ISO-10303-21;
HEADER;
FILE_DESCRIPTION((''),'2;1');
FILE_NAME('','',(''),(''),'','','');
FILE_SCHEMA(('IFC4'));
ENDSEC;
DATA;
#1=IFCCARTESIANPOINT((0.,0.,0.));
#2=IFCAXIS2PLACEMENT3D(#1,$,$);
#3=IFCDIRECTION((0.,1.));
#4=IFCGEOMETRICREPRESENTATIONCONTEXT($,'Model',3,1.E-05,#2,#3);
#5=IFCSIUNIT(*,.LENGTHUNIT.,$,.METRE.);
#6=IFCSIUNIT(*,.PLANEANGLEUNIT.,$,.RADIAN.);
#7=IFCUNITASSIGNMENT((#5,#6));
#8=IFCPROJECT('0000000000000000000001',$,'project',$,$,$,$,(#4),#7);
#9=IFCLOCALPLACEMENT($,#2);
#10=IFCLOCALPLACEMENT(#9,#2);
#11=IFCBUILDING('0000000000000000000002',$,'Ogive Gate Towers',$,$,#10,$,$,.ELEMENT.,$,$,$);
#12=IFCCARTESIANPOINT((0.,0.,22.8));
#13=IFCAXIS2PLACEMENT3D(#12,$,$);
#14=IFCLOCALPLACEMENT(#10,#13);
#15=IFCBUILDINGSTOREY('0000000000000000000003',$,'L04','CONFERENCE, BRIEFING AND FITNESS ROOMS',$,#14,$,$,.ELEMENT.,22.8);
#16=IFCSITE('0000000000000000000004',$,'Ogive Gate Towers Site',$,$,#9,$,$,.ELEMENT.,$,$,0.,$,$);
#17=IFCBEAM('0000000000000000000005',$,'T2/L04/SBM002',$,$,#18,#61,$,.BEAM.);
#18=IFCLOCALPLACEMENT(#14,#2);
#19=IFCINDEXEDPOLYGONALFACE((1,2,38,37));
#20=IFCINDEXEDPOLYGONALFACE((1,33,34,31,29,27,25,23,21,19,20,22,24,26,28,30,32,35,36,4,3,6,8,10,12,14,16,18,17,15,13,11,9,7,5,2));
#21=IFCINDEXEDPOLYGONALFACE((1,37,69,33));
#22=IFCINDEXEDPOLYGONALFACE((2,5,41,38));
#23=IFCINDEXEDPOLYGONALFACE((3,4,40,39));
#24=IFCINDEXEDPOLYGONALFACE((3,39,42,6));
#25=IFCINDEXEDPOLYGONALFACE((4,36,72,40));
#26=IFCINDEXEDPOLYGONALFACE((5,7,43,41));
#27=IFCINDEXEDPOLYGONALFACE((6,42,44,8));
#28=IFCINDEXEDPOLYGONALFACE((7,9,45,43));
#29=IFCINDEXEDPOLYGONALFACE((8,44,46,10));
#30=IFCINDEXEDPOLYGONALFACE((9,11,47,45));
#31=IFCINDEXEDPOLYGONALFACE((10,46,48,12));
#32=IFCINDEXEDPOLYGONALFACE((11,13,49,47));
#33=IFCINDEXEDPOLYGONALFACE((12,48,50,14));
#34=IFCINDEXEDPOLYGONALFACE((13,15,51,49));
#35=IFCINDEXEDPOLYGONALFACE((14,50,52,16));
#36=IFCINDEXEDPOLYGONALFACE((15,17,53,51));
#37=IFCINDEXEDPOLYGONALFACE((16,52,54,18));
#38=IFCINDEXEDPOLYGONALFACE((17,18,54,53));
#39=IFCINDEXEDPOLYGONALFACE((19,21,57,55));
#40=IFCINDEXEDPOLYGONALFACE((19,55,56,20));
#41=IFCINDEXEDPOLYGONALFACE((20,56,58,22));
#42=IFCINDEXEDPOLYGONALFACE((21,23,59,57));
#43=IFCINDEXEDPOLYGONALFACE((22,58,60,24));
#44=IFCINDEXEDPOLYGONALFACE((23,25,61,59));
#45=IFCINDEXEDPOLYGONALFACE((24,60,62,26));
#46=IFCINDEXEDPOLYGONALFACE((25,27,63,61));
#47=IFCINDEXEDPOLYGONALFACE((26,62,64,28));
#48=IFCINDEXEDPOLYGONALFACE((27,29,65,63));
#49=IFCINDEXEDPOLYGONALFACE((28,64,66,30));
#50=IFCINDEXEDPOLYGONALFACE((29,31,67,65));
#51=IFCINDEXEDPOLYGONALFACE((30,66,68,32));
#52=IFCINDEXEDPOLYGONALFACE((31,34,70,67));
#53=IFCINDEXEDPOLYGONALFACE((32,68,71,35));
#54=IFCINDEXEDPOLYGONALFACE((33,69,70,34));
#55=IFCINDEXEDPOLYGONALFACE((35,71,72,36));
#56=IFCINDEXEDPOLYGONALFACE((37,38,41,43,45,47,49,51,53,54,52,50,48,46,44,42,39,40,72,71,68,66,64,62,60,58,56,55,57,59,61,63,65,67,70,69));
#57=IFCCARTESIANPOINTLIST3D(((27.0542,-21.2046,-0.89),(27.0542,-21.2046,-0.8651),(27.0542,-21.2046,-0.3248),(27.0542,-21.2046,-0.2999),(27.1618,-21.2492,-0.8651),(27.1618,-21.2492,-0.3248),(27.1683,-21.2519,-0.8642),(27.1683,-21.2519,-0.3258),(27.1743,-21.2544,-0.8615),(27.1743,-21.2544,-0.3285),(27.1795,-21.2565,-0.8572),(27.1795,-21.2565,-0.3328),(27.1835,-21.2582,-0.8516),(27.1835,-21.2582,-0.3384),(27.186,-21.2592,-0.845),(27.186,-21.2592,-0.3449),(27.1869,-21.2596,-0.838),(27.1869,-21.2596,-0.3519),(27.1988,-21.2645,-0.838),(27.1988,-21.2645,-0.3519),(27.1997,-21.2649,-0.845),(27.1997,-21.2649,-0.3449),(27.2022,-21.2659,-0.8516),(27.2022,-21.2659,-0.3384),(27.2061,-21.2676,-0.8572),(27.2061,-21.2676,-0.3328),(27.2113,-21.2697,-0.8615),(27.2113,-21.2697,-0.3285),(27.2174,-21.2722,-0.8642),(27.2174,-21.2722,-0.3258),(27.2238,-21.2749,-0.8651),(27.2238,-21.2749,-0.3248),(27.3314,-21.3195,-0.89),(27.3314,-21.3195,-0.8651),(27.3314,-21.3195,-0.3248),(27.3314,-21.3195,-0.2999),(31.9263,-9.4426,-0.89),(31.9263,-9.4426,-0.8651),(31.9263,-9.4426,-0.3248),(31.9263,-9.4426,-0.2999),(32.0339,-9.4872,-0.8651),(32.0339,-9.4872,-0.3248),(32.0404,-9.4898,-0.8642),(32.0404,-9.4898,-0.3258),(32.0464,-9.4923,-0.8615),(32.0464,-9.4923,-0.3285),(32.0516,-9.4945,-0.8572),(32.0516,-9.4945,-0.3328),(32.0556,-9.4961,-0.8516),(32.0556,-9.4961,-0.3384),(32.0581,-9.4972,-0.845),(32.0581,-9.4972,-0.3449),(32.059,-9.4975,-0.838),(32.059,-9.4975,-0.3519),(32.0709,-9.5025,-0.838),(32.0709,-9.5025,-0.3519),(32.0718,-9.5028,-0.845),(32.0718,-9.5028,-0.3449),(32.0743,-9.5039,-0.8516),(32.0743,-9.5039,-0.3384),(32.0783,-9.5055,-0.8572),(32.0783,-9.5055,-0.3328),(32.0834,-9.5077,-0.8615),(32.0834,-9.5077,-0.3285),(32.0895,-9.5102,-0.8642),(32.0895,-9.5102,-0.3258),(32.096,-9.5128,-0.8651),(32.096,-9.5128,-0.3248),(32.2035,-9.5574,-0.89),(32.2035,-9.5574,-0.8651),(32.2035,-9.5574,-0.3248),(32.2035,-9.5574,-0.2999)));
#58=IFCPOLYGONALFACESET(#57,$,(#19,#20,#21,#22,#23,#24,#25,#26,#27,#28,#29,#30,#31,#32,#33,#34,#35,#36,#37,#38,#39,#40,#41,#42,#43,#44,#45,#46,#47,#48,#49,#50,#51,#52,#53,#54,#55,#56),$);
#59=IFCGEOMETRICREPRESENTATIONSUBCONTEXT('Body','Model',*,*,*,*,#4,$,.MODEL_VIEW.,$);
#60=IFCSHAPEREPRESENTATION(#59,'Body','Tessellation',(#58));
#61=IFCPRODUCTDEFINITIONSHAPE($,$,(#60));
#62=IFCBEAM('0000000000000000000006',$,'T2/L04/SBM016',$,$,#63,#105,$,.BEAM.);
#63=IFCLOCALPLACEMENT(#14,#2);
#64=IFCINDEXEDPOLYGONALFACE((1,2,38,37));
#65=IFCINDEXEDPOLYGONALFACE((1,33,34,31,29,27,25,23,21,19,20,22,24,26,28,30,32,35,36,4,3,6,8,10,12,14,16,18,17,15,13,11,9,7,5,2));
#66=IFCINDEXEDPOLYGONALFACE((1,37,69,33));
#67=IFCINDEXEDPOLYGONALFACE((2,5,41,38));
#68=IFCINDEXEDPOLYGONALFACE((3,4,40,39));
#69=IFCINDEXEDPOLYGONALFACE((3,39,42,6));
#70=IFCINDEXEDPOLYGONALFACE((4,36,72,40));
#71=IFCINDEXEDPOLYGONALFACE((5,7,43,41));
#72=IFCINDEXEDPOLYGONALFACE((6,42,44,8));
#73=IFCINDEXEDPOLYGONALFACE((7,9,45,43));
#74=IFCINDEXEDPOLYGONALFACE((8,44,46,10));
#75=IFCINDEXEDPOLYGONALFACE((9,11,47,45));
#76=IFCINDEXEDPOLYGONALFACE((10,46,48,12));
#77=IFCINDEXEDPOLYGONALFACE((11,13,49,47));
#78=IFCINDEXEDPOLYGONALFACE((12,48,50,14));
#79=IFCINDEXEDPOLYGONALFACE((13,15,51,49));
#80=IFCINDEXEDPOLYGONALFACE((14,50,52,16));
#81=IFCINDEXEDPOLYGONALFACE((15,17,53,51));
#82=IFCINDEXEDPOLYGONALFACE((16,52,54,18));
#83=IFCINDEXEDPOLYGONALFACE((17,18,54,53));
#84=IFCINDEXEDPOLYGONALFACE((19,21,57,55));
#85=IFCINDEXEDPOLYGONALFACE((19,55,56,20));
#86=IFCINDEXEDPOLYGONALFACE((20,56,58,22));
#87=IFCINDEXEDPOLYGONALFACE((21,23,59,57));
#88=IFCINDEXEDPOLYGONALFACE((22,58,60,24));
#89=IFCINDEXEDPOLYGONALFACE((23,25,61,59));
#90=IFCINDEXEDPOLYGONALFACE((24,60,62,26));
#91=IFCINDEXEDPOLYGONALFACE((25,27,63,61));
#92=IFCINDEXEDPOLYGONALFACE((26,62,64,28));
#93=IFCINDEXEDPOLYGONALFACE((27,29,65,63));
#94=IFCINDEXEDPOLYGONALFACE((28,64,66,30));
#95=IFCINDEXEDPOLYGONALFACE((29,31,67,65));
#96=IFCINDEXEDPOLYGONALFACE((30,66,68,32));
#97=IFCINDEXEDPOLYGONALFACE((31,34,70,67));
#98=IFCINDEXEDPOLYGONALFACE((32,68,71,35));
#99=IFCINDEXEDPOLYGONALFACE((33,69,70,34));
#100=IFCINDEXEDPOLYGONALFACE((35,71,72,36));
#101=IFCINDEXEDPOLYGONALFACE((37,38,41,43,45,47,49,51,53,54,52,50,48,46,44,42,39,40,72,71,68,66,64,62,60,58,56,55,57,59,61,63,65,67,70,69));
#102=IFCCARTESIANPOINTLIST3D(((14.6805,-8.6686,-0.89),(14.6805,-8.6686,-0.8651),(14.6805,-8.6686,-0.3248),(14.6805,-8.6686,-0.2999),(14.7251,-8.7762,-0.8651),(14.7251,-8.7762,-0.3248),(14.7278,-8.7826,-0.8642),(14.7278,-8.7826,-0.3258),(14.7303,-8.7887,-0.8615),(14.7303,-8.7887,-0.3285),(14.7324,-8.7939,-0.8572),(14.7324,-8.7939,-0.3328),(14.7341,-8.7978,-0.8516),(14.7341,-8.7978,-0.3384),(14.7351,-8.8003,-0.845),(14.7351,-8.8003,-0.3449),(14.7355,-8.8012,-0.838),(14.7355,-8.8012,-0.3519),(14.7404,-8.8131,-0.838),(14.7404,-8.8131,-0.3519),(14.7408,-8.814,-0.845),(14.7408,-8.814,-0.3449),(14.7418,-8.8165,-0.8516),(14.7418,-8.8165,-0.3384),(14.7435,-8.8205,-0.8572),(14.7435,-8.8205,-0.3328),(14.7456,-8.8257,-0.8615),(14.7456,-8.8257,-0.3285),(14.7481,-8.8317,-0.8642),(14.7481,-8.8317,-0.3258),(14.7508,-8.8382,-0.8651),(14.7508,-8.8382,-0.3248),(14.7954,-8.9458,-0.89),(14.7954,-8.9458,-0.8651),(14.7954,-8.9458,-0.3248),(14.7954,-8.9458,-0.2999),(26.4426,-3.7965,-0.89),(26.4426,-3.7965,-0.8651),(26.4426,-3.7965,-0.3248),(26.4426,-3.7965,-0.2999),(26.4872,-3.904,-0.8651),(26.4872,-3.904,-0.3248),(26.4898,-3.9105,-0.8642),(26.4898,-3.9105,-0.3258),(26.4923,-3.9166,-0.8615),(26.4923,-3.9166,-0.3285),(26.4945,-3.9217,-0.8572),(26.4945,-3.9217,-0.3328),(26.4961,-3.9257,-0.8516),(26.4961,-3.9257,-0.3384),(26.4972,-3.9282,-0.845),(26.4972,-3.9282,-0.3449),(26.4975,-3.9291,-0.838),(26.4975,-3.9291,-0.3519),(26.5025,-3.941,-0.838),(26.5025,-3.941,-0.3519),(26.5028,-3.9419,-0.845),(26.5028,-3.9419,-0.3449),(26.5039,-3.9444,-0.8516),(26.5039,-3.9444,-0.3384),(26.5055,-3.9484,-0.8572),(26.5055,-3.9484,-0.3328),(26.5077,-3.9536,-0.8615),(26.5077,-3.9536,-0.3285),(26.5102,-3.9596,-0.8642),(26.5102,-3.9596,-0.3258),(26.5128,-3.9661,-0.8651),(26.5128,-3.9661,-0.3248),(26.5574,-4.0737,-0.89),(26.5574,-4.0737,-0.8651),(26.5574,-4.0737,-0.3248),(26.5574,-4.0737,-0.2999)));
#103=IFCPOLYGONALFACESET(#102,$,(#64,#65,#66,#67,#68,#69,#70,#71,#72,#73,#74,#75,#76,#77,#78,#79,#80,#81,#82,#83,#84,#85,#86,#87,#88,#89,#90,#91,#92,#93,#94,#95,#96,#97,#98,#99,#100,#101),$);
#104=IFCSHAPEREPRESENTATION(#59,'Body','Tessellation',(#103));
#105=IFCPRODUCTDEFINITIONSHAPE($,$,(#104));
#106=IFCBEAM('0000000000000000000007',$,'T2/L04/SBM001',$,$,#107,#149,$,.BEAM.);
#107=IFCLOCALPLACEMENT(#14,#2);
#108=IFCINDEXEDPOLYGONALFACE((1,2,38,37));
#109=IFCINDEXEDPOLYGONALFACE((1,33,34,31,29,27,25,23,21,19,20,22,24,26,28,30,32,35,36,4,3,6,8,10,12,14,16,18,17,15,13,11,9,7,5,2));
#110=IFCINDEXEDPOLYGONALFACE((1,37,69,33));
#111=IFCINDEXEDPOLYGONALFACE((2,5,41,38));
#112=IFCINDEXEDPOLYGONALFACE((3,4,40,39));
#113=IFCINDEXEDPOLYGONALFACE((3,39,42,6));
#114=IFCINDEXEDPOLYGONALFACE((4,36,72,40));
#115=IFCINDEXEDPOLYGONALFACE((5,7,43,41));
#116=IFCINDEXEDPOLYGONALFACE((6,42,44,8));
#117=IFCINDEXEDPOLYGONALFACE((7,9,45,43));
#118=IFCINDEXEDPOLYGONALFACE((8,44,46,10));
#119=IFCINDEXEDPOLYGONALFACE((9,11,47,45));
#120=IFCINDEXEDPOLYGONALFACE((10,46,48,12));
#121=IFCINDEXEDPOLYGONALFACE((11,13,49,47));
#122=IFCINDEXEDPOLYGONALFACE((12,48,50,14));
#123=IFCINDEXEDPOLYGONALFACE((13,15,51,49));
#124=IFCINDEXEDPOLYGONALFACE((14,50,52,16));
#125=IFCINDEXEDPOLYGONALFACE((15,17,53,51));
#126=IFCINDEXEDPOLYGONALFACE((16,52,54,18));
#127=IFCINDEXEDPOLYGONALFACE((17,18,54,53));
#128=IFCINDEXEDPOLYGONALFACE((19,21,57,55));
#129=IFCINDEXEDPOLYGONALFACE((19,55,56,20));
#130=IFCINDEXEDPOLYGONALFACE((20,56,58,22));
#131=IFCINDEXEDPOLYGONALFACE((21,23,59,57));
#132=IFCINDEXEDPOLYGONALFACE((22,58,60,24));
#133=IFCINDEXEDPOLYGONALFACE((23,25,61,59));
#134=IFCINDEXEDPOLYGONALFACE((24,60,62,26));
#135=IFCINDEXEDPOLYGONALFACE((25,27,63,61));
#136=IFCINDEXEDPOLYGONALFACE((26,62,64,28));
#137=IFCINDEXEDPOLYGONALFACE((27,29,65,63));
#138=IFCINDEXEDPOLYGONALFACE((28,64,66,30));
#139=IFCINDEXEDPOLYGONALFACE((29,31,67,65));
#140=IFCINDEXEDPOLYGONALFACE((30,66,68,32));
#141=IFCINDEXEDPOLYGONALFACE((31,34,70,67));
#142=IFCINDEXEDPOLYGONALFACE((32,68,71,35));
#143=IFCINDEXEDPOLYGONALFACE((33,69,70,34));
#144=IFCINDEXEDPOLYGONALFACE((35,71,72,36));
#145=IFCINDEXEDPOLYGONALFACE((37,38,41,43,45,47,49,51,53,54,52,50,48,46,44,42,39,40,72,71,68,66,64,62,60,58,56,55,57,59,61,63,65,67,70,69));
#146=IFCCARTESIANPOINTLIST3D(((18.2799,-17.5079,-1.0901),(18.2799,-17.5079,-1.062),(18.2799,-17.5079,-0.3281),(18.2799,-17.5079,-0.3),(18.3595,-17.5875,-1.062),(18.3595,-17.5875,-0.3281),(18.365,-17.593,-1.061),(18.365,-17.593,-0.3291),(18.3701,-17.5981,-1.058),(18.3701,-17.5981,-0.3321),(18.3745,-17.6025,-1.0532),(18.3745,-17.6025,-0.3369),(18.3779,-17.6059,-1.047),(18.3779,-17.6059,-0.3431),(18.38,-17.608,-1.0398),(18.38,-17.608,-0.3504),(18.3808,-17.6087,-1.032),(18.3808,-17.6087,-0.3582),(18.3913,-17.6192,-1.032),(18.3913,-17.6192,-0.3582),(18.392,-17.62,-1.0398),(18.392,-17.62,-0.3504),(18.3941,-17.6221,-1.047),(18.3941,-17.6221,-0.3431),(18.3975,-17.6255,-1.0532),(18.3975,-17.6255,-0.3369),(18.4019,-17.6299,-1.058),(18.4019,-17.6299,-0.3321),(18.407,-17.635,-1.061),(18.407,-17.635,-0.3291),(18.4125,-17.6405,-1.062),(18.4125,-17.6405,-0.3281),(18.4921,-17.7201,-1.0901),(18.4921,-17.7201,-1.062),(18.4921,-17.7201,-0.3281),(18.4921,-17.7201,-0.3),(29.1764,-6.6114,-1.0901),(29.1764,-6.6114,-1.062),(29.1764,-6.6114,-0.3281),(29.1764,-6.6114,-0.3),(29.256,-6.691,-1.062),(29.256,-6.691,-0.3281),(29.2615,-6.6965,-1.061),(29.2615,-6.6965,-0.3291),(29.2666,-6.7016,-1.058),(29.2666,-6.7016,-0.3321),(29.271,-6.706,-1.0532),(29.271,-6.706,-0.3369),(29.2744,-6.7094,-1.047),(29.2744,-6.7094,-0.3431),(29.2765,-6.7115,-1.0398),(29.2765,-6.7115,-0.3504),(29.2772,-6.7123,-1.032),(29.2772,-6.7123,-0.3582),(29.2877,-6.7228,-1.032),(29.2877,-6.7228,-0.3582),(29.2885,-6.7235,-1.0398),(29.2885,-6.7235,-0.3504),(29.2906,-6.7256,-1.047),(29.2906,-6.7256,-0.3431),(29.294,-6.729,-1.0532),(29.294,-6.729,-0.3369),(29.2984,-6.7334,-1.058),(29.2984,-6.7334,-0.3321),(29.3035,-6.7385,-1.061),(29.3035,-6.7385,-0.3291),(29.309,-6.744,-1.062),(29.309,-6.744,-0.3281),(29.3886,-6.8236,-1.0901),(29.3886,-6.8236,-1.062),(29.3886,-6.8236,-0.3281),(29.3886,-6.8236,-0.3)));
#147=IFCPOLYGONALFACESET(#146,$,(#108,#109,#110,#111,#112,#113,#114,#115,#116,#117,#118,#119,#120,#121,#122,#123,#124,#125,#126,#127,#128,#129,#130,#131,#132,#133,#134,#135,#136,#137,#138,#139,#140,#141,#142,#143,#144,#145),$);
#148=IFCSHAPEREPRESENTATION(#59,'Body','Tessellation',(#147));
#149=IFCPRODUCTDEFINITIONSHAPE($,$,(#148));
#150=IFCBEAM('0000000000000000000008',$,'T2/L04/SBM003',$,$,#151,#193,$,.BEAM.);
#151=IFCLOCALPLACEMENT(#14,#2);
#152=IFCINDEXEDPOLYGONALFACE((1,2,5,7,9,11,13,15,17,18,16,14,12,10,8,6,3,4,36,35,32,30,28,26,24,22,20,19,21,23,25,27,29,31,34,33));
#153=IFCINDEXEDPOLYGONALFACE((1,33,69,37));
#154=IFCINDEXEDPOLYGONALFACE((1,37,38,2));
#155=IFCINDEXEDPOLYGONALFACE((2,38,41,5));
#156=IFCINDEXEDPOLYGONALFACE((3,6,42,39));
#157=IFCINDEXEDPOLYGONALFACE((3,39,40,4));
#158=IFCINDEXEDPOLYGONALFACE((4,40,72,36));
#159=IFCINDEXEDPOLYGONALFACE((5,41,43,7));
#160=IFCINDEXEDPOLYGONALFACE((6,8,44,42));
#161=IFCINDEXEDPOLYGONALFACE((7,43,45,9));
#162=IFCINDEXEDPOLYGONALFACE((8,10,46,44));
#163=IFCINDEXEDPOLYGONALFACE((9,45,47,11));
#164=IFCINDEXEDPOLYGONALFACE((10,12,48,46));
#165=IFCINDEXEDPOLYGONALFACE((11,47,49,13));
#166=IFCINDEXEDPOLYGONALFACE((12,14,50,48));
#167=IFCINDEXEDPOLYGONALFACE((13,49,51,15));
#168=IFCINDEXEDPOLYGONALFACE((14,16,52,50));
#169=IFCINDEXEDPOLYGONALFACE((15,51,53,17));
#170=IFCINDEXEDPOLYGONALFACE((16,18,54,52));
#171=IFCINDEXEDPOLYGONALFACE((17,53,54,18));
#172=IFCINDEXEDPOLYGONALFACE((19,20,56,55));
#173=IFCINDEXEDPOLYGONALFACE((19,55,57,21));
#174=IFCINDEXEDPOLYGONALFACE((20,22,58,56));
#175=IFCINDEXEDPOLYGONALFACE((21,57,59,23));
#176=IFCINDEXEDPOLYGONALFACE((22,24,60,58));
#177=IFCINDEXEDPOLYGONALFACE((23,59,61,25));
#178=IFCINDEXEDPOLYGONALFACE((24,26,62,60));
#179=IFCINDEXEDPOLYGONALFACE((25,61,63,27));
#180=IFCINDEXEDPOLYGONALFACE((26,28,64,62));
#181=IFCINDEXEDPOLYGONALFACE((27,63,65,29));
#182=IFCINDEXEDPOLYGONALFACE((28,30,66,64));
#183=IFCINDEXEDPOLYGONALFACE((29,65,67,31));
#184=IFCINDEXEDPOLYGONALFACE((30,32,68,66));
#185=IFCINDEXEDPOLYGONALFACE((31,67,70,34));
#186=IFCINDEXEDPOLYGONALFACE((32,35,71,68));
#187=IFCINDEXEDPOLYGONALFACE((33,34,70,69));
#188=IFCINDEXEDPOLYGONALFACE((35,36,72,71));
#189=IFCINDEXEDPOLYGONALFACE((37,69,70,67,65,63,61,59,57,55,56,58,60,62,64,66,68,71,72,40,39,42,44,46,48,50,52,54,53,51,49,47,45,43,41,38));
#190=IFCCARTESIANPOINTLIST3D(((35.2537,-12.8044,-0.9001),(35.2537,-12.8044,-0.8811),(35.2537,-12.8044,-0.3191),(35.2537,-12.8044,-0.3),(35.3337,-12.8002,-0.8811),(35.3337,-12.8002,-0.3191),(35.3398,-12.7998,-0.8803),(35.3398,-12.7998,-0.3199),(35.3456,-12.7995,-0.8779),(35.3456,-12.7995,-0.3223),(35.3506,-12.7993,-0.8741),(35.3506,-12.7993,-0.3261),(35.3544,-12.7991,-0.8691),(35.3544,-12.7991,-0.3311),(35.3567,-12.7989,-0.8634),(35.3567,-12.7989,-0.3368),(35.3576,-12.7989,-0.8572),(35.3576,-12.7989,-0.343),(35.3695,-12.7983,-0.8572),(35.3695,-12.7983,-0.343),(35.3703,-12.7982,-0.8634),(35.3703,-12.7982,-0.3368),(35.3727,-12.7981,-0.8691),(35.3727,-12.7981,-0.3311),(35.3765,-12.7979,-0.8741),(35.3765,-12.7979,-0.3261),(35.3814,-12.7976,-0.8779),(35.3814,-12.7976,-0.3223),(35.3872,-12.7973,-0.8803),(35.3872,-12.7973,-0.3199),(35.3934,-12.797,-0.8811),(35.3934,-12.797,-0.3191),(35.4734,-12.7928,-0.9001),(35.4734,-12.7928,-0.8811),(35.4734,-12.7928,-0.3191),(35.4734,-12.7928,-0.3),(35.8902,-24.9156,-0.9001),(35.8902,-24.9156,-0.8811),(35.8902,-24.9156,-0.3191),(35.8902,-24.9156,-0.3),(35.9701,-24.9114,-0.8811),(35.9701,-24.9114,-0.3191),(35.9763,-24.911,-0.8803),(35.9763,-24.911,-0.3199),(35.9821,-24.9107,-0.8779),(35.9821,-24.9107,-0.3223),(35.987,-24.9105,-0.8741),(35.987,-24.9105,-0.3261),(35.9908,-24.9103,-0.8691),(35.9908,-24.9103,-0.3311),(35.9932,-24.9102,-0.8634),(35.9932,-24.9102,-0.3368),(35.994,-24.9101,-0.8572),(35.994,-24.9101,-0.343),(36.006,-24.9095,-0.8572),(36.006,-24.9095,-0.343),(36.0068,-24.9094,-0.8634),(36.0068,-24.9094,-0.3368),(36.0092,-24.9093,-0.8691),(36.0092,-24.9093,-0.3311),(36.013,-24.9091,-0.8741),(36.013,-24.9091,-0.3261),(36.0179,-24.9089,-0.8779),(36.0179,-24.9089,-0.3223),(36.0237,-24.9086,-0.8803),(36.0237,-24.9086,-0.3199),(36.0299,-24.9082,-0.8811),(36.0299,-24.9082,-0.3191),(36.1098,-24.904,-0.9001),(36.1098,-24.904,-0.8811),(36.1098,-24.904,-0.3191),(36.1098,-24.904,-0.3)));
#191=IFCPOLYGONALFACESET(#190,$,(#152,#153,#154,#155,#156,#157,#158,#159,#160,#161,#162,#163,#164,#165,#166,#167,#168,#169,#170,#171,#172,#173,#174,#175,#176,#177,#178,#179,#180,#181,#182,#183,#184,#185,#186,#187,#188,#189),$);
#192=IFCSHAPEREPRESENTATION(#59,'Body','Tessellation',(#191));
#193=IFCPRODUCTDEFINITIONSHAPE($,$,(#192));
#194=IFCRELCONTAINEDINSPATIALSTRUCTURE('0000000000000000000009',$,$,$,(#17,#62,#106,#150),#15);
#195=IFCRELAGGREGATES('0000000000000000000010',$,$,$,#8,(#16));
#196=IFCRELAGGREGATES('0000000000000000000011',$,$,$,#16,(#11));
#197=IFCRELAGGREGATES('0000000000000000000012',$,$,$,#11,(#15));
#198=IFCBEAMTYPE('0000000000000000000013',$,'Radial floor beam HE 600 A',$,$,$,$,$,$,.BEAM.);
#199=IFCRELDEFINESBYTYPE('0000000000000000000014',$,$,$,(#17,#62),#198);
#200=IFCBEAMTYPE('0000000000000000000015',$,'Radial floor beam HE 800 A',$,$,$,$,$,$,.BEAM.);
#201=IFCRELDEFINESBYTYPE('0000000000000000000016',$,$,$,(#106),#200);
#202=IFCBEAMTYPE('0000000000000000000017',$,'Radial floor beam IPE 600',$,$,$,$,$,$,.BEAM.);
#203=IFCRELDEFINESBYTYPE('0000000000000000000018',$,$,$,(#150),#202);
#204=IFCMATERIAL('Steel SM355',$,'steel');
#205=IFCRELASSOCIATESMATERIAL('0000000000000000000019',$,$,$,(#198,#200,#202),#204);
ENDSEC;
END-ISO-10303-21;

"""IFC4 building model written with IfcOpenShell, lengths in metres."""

from ifc_helpers import new_model, si_unit, direction, frame, origin, origin_2d, place, context, subcontext, project, spatial, i_section, extrude, material, material_profile, profile_set, type_object, element, save


model = new_model("IFC4")

# Units and contexts
model_context = context("Model", 3, precision=1e-05, world=origin(), true_north=direction((0.0, 1.0)))
body_context = subcontext(model_context, "Body", "Model", "MODEL_VIEW")
ifc_project = project(units=[si_unit("LENGTHUNIT", "METRE"), si_unit("PLANEANGLEUNIT", "RADIAN")], contexts=[model_context])

# Site, building, storey
site_placement = place(None, origin())
site = spatial("IfcSite", under=ifc_project, at=site_placement, Name="Ogive Gate Towers Site", CompositionType="ELEMENT", RefElevation=0.0)
building_placement = place(site_placement, origin())
building = spatial("IfcBuilding", under=site, at=building_placement, Name="Ogive Gate Towers", CompositionType="ELEMENT")
storey_placement = place(building_placement, frame((0.0, 0.0, 22.8)))
storey = spatial("IfcBuildingStorey", under=building, at=storey_placement, Name="L04", Description="CONFERENCE, BRIEFING AND FITNESS ROOMS", CompositionType="ELEMENT", Elevation=22.8)

# Beams
ifc_material_1 = material(Name="Steel SM355", Category="steel")
ifc_material_profile_1 = material_profile(ifc_material_1, i_section(OverallWidth=0.3, OverallDepth=0.5901, WebThickness=0.0129, FlangeThickness=0.0249, FilletRadius=0.0271, at=origin_2d()), Name="HE 600 A")
ifc_profile_set_1 = profile_set([ifc_material_profile_1], Name="Steel SM355")
beam_type_1 = type_object("IfcBeamType", Name="Radial floor beam HE 600 A", PredefinedType="BEAM", material=ifc_profile_set_1)
for number, where, z_axis, x_axis, name in (
    (1, (32.0649, -9.5, -0.595), (-0.382691, -0.923877, 0.0), (0.923877, -0.382691, 0.0), "T2/L04/SBM002"),
    (2, (26.5, -3.9351, -0.595), (-0.923877, -0.382691, 0.0), (0.382691, -0.923877, 0.0), "T2/L04/SBM016"),
):
    element("IfcBeam", number, at=place(storey_placement, frame(where, z_axis=z_axis, x_axis=x_axis)), inside=storey, type_object=beam_type_1, Name=name, PredefinedType="BEAM", context=body_context, shape_type="SweptSolid", body=[
        extrude(i_section(OverallWidth=0.3, OverallDepth=0.5901, WebThickness=0.0129, FlangeThickness=0.0249, FilletRadius=0.0271, at=origin_2d()), origin(), (0.0, 0.0, 1.0), 12.7312),
    ])
ifc_material_profile_2 = material_profile(ifc_material_1, i_section(OverallWidth=0.3, OverallDepth=0.79, WebThickness=0.0149, FlangeThickness=0.0281, FilletRadius=0.03, at=origin_2d()), Name="HE 800 A")
ifc_profile_set_2 = profile_set([ifc_material_profile_2], Name="Steel SM355")
beam_type_2 = type_object("IfcBeamType", Name="Radial floor beam HE 800 A", PredefinedType="BEAM", material=ifc_profile_set_2)
beam_1_placement = place(storey_placement, frame((29.2825, -6.7175, -0.6951), z_axis=(-0.707107, -0.707107, 0.0), x_axis=(0.707107, -0.707107, 0.0)))
element("IfcBeam", 3, at=beam_1_placement, inside=storey, type_object=beam_type_2, Name="T2/L04/SBM001", PredefinedType="BEAM", context=body_context, shape_type="SweptSolid", body=[
    extrude(i_section(OverallWidth=0.3, OverallDepth=0.79, WebThickness=0.0149, FlangeThickness=0.0281, FilletRadius=0.03, at=origin_2d()), origin(), (0.0, 0.0, 1.0), 15.4099),
])
ifc_material_profile_3 = material_profile(ifc_material_1, i_section(OverallWidth=0.22, OverallDepth=0.6001, WebThickness=0.012, FlangeThickness=0.019, FilletRadius=0.0239, at=origin_2d()), Name="IPE 600")
ifc_profile_set_3 = profile_set([ifc_material_profile_3], Name="Steel SM355")
beam_type_3 = type_object("IfcBeamType", Name="Radial floor beam IPE 600", PredefinedType="BEAM", material=ifc_profile_set_3)
beam_2_placement = place(storey_placement, frame((35.3635, -12.7986, -0.6001), z_axis=(0.05248, -0.998622, 0.0), x_axis=(0.998622, 0.05248, 0.0)))
element("IfcBeam", 4, at=beam_2_placement, inside=storey, type_object=beam_type_3, Name="T2/L04/SBM003", PredefinedType="BEAM", context=body_context, shape_type="SweptSolid", body=[
    extrude(i_section(OverallWidth=0.22, OverallDepth=0.6001, WebThickness=0.012, FlangeThickness=0.019, FilletRadius=0.0239, at=origin_2d()), origin(), (0.0, 0.0, 1.0), 12.1279),
])

save(model, "model.ifc")
